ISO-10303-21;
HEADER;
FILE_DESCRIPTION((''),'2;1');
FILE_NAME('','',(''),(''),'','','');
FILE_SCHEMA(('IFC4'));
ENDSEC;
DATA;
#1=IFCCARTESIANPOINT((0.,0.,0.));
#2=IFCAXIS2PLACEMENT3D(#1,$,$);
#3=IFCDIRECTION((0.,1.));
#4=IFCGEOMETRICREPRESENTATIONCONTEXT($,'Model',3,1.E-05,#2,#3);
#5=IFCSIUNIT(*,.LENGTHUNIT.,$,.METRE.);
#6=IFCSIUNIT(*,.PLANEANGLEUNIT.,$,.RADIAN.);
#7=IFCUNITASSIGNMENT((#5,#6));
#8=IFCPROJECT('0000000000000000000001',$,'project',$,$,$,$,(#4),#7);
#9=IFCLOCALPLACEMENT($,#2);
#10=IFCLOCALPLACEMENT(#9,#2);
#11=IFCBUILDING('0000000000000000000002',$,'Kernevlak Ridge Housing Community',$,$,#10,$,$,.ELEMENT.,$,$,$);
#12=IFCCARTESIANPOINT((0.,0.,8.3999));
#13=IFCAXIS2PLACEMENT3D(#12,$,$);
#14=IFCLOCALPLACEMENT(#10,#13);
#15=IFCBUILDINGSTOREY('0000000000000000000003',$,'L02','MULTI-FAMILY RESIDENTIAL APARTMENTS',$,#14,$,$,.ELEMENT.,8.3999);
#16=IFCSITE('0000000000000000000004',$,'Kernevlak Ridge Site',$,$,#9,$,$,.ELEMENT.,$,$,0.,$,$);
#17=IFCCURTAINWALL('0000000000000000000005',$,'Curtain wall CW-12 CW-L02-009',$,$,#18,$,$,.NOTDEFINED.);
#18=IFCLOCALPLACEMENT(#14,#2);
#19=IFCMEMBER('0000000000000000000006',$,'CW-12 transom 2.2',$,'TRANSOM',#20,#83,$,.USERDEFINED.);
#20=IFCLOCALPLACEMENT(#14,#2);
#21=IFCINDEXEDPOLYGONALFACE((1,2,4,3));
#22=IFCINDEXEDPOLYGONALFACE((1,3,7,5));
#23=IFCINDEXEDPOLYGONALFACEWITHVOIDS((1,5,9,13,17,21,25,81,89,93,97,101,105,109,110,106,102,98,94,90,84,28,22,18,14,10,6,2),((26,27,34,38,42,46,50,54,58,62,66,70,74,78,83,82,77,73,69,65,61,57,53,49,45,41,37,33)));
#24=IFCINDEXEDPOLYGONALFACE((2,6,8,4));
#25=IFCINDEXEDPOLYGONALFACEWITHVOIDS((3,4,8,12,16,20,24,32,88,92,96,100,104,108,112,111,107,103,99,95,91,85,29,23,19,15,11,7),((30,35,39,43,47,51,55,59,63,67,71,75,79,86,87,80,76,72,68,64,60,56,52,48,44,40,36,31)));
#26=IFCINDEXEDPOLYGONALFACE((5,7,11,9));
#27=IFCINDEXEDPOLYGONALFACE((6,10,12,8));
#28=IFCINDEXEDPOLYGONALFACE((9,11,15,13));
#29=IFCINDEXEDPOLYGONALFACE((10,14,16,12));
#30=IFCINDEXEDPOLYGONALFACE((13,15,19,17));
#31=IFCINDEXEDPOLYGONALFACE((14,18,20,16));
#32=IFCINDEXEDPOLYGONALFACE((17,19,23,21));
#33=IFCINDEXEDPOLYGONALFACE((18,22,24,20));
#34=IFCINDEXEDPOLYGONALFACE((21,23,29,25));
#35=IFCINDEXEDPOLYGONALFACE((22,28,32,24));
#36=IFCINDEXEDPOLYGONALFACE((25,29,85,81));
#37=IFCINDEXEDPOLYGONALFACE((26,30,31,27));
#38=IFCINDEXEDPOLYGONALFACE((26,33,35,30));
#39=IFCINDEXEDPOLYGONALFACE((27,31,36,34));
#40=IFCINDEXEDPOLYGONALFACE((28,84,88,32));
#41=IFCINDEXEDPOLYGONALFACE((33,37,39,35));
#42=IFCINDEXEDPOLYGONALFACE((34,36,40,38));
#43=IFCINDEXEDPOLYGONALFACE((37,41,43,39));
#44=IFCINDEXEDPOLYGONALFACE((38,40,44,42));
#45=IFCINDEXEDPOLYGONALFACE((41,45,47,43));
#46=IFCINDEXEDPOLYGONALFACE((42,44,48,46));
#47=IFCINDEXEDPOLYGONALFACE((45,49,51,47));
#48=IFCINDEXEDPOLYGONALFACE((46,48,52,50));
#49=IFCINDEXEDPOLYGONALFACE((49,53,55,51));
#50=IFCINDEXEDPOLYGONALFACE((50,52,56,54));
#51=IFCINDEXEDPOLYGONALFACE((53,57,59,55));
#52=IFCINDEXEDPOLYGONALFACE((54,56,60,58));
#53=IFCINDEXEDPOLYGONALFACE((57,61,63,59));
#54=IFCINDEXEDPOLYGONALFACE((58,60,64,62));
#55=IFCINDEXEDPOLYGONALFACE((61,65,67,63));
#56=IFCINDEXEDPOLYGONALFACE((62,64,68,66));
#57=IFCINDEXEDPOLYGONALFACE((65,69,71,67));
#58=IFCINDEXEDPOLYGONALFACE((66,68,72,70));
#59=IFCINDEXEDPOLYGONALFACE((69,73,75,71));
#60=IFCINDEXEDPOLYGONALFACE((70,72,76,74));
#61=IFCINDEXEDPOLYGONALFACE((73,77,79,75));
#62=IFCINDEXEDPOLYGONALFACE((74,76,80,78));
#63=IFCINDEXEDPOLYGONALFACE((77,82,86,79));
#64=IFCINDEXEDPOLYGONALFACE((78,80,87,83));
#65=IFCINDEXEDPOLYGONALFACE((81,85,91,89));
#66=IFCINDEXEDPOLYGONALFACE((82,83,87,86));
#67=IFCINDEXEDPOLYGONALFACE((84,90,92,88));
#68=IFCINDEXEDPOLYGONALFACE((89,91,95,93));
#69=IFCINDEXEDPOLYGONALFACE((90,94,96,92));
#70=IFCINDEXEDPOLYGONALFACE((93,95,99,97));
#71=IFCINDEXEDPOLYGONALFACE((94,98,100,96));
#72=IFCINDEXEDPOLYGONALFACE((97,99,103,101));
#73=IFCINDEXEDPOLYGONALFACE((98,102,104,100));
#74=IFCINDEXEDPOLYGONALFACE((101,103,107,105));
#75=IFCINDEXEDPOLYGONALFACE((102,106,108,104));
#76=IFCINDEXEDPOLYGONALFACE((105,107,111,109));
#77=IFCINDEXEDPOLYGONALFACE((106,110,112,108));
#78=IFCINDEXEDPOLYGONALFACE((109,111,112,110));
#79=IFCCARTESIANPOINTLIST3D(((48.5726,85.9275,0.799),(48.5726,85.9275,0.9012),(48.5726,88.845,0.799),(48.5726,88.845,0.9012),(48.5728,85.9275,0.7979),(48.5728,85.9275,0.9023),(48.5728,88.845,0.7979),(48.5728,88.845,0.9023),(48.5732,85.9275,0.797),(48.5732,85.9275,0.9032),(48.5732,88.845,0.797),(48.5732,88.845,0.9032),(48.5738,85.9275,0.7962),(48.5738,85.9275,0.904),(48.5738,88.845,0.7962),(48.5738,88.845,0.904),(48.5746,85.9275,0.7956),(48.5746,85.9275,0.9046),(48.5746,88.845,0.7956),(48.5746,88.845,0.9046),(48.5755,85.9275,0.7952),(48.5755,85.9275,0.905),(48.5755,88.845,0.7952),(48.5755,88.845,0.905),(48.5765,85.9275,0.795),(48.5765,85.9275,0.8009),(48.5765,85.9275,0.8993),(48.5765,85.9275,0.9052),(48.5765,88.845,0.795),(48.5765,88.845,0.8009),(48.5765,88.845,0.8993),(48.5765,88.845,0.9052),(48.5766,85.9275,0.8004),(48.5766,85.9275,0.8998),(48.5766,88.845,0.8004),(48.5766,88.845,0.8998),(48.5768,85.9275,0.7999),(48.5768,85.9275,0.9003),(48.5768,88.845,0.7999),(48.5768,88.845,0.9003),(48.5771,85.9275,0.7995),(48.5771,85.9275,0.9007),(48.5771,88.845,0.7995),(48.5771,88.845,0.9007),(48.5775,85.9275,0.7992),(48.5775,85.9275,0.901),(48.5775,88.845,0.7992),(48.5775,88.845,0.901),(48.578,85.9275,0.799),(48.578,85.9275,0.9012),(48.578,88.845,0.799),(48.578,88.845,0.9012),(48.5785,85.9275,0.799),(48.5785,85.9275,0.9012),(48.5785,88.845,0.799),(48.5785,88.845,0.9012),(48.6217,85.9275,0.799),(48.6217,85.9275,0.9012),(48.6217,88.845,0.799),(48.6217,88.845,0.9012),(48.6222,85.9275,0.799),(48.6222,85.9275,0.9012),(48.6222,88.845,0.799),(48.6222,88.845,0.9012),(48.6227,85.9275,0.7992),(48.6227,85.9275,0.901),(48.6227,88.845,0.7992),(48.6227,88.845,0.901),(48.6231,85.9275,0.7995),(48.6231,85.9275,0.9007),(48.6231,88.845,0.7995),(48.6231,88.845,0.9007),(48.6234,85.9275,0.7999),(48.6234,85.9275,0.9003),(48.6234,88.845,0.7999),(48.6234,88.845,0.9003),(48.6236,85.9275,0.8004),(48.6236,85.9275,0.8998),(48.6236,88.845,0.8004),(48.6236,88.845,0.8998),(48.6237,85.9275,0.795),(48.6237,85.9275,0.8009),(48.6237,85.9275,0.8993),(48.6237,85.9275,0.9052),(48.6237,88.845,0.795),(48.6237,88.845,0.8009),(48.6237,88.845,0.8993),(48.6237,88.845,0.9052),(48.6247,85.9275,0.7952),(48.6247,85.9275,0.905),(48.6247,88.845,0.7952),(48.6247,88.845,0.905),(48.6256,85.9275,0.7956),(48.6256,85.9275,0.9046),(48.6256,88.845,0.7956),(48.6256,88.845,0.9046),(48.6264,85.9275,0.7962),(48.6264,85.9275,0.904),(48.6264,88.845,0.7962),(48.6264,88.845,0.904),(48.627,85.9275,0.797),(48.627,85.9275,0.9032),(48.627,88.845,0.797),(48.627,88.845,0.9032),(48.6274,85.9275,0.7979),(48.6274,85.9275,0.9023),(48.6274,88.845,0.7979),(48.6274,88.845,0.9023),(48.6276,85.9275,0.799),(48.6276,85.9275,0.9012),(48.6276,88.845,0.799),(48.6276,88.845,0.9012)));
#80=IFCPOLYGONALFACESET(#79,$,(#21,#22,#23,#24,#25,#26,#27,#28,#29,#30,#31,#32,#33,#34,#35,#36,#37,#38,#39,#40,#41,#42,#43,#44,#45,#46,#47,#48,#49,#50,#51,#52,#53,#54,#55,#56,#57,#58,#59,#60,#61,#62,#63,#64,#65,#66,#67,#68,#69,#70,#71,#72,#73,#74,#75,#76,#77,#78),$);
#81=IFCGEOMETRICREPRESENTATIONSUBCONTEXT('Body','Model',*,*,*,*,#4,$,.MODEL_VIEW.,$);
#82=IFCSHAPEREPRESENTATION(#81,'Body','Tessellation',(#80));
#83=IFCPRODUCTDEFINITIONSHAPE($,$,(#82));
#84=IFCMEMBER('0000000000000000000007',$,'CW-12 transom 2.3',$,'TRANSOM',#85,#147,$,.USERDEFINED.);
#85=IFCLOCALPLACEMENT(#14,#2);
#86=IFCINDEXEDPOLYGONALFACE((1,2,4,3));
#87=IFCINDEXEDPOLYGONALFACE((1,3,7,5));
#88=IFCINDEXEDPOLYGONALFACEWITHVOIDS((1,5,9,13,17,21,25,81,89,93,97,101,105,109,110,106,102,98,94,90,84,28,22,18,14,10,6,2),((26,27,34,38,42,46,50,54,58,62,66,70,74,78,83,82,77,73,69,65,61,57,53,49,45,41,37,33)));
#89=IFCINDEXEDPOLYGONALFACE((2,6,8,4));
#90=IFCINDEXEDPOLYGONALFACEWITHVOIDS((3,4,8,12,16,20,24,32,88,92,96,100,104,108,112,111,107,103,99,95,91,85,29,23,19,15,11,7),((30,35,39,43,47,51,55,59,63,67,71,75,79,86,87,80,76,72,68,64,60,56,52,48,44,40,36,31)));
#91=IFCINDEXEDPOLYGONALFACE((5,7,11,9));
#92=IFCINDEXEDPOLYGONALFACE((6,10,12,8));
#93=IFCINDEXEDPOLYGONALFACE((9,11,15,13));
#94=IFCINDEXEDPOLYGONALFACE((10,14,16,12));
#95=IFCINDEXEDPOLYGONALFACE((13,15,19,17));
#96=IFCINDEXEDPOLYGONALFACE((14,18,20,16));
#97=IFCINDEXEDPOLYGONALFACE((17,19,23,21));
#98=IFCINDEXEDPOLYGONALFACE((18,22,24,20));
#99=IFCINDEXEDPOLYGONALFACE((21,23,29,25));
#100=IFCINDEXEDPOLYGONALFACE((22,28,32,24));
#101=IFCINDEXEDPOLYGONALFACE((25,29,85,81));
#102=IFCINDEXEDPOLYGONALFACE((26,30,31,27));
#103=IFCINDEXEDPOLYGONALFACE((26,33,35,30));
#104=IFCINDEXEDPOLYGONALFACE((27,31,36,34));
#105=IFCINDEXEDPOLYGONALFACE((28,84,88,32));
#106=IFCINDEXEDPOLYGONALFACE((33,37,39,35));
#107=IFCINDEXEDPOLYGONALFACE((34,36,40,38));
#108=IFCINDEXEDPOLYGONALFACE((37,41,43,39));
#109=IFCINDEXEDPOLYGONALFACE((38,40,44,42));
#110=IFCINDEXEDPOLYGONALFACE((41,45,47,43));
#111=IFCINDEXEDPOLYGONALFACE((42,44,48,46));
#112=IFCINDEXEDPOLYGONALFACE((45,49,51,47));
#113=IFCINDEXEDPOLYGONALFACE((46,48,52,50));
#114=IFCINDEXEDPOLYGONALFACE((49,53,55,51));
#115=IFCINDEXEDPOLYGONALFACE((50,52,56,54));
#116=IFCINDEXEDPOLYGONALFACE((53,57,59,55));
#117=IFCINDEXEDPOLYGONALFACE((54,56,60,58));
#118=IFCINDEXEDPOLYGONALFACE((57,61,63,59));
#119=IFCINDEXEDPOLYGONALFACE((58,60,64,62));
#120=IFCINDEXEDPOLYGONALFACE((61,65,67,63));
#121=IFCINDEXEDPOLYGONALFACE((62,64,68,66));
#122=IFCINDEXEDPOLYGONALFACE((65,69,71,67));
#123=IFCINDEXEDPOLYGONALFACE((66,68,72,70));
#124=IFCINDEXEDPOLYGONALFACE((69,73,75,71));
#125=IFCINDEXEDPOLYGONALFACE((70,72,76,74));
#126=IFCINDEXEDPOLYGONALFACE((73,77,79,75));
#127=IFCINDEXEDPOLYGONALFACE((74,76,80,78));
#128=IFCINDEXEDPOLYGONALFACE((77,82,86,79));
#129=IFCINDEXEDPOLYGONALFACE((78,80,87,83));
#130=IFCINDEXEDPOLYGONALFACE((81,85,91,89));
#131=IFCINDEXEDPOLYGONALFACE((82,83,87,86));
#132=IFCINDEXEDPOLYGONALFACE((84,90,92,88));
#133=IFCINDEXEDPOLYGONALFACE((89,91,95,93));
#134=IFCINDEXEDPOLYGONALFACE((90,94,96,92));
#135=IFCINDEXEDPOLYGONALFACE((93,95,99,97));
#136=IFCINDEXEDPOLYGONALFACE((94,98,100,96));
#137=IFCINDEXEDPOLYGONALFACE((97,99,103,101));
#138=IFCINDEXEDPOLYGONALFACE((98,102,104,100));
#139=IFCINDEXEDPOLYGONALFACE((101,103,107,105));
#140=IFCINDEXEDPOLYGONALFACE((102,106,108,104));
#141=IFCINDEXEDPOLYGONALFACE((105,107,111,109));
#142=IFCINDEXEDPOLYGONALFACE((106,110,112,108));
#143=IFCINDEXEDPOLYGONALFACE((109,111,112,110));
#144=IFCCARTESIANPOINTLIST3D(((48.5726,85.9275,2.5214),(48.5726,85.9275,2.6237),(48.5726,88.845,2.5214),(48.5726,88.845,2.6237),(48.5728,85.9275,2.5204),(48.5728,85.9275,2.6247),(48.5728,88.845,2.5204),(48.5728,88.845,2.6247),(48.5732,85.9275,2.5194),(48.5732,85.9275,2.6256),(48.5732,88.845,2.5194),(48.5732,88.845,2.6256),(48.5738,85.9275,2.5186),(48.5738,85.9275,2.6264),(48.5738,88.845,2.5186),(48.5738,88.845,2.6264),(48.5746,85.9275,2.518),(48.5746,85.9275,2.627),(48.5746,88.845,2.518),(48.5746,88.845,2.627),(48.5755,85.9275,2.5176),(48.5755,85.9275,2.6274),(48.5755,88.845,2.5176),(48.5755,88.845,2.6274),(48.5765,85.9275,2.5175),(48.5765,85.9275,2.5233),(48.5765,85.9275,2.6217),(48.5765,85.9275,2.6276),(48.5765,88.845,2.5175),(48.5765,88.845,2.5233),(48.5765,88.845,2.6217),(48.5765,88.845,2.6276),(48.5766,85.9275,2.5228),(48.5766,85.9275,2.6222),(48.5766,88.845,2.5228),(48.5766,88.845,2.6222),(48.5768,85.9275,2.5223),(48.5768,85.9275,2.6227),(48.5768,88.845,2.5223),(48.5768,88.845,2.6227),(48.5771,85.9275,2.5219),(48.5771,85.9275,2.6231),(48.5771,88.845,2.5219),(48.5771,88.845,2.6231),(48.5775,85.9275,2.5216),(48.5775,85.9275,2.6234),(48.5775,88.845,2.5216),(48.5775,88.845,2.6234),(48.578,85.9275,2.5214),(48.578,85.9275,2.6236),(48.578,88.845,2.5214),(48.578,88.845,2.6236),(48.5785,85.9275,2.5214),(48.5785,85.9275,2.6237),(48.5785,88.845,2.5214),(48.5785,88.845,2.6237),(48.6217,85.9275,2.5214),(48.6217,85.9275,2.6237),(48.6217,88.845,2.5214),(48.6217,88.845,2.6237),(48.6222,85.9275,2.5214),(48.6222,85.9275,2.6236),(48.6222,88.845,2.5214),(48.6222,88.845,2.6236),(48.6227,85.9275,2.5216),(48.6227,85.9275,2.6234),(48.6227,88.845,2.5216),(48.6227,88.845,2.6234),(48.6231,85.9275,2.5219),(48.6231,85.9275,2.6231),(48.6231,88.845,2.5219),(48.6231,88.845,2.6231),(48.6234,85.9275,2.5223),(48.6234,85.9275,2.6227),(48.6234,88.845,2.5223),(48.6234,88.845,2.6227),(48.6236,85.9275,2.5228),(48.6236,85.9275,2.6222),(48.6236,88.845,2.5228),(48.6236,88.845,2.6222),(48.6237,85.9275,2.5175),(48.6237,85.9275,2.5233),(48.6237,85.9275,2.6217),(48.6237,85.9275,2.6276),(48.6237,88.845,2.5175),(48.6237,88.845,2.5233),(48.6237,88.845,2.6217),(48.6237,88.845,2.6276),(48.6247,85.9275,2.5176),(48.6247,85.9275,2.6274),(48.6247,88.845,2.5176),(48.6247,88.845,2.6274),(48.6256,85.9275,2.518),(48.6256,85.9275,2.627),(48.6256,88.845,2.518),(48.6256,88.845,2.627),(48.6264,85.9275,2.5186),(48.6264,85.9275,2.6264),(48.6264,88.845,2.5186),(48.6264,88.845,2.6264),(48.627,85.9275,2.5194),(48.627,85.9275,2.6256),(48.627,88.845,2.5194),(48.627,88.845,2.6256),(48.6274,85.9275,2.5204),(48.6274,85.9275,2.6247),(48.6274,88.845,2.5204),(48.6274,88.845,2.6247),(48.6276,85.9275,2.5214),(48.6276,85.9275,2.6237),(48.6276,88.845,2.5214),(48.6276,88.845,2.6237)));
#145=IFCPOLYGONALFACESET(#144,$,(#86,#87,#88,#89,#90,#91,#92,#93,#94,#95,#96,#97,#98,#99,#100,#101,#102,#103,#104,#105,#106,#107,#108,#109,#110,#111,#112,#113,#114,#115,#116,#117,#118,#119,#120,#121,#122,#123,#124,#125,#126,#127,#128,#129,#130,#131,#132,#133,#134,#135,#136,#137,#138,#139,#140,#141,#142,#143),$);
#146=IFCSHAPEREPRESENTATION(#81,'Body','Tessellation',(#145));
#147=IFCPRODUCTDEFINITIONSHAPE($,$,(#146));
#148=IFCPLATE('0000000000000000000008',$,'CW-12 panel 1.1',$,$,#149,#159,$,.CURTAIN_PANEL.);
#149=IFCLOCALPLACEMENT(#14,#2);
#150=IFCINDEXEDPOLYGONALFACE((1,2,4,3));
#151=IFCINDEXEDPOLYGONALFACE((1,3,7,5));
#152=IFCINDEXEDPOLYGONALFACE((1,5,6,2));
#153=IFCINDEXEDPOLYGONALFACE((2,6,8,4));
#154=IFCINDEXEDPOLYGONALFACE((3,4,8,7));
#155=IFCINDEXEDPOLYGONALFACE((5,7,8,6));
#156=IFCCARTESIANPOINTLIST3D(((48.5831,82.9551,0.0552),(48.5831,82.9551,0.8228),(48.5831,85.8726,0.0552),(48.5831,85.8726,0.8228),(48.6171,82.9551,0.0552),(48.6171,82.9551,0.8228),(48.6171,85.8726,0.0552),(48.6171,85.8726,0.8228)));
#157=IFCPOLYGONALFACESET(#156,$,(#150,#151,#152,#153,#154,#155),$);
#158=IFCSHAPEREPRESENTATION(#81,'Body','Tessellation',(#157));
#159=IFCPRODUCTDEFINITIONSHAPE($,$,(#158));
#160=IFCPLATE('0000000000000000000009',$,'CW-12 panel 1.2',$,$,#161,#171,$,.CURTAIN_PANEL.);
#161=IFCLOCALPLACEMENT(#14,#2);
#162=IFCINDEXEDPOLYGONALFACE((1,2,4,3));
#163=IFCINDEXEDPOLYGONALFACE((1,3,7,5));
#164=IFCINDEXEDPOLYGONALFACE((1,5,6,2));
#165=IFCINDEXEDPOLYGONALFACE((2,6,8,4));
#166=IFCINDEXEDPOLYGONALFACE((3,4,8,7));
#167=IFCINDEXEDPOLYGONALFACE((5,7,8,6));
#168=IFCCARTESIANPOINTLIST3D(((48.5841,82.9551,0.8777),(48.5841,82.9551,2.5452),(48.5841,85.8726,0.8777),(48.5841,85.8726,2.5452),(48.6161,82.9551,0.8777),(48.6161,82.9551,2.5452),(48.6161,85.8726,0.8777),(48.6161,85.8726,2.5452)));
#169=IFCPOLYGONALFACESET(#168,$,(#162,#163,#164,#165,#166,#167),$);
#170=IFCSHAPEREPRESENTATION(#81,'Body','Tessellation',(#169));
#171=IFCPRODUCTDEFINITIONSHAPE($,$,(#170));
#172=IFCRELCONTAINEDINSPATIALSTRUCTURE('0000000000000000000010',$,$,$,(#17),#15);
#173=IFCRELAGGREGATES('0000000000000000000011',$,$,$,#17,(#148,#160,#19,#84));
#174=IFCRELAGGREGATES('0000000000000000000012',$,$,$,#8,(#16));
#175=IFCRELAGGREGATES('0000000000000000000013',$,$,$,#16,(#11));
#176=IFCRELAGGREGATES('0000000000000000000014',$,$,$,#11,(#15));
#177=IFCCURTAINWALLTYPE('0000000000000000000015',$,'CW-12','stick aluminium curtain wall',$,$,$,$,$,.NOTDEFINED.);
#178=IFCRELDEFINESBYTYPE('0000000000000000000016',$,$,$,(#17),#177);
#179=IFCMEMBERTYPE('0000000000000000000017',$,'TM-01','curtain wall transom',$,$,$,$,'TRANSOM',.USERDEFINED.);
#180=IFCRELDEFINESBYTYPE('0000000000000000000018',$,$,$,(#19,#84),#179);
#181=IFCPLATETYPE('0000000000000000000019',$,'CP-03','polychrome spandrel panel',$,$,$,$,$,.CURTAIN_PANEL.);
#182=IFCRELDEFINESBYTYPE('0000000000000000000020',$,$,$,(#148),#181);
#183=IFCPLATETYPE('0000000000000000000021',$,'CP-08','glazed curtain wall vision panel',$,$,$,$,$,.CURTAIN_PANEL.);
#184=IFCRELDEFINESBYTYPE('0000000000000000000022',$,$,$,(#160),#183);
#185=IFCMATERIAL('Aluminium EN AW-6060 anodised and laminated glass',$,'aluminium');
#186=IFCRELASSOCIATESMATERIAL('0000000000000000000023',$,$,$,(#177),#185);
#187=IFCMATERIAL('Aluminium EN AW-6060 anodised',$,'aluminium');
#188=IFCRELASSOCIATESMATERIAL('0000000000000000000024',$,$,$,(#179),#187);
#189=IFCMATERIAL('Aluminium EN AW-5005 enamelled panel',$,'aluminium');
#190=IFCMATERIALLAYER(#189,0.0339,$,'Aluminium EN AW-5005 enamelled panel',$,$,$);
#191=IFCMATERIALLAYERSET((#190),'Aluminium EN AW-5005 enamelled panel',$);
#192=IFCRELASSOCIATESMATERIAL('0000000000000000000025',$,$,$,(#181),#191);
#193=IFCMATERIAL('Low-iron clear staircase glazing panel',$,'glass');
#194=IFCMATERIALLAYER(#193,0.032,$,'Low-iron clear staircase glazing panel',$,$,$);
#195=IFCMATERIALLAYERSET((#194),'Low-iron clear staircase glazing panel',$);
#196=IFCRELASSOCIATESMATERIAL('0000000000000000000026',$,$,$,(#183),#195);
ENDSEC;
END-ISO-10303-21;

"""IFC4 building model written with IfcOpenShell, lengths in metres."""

from ifc_helpers import new_model, si_unit, direction, frame, origin, origin_2d, place, context, subcontext, project, spatial, rectangle, hollow_rectangle, extrude, material, layer, layer_set, material_profile, profile_set, type_object, element, aggregate, save


model = new_model("IFC4")

# Units and contexts
model_context = context("Model", 3, precision=1e-05, world=origin(), true_north=direction((0.0, 1.0)))
body_context = subcontext(model_context, "Body", "Model", "MODEL_VIEW")
ifc_project = project(units=[si_unit("LENGTHUNIT", "METRE"), si_unit("PLANEANGLEUNIT", "RADIAN")], contexts=[model_context])

# Site, building, storey
site_placement = place(None, origin())
site = spatial("IfcSite", under=ifc_project, at=site_placement, Name="Kernevlak Ridge Site", CompositionType="ELEMENT", RefElevation=0.0)
building_placement = place(site_placement, origin())
building = spatial("IfcBuilding", under=site, at=building_placement, Name="Kernevlak Ridge Housing Community", CompositionType="ELEMENT")
storey_placement = place(building_placement, frame((0.0, 0.0, 8.3999)))
storey = spatial("IfcBuildingStorey", under=building, at=storey_placement, Name="L02", Description="MULTI-FAMILY RESIDENTIAL APARTMENTS", CompositionType="ELEMENT", Elevation=8.3999)

# Curtain wall, members, plates
ifc_material_1 = material(Name="Aluminium EN AW-6060 anodised and laminated glass", Category="aluminium")
curtain_wall_type = type_object("IfcCurtainWallType", Name="CW-12", Description="stick aluminium curtain wall", PredefinedType="NOTDEFINED", material=ifc_material_1)
curtain_wall_placement = place(storey_placement, origin())
curtain_wall = element("IfcCurtainWall", 1, at=curtain_wall_placement, inside=storey, type_object=curtain_wall_type, Name="Curtain wall CW-12 CW-L02-009", PredefinedType="NOTDEFINED")
ifc_material_2 = material(Name="Aluminium EN AW-6060 anodised", Category="aluminium")
ifc_material_profile_1 = material_profile(ifc_material_2, hollow_rectangle(XDim=0.0549, YDim=0.1101, WallThickness=0.0039, InnerFilletRadius=0.002, OuterFilletRadius=0.0039, at=origin_2d()), Name="ALU 55x110x4")
ifc_profile_set_1 = profile_set([ifc_material_profile_1], Name="Aluminium EN AW-6060 anodised")
member_type = type_object("IfcMemberType", Name="TM-01", Description="curtain wall transom", ElementType="TRANSOM", PredefinedType="USERDEFINED", material=ifc_profile_set_1)
member_1_placement = place(storey_placement, frame((48.6001, 85.9275, 0.8501), z_axis=(0.0, 1.0, 0.0), x_axis=(-1.0, 0.0, 0.0)))
member_1 = element("IfcMember", 2, at=member_1_placement, type_object=member_type, Name="CW-12 transom 2.2", ObjectType="TRANSOM", PredefinedType="USERDEFINED", context=body_context, shape_type="SweptSolid", body=[
    extrude(hollow_rectangle(XDim=0.0549, YDim=0.1101, WallThickness=0.0039, InnerFilletRadius=0.002, OuterFilletRadius=0.0039, at=origin_2d()), origin(), (0.0, 0.0, 1.0), 2.9175),
])
member_2_placement = place(storey_placement, frame((48.6001, 85.9275, 2.5725), z_axis=(0.0, 1.0, 0.0), x_axis=(-1.0, 0.0, 0.0)))
member_2 = element("IfcMember", 3, at=member_2_placement, type_object=member_type, Name="CW-12 transom 2.3", ObjectType="TRANSOM", PredefinedType="USERDEFINED", context=body_context, shape_type="SweptSolid", body=[
    extrude(hollow_rectangle(XDim=0.0549, YDim=0.1101, WallThickness=0.0039, InnerFilletRadius=0.002, OuterFilletRadius=0.0039, at=origin_2d()), origin(), (0.0, 0.0, 1.0), 2.9175),
])
ifc_material_3 = material(Name="Aluminium EN AW-5005 enamelled panel", Category="aluminium")
ifc_layer_1 = layer(ifc_material_3, 0.0339, Name="Aluminium EN AW-5005 enamelled panel")
ifc_layer_set_1 = layer_set([ifc_layer_1], Name="Aluminium EN AW-5005 enamelled panel")
plate_type_1 = type_object("IfcPlateType", Name="CP-03", Description="polychrome spandrel panel", PredefinedType="CURTAIN_PANEL", material=ifc_layer_set_1)
plate_1_placement = place(storey_placement, frame((48.6001, 84.4138, 0.0552), z_axis=(0.0, 0.0, 1.0), x_axis=(0.0, 1.0, 0.0)))
plate_1 = element("IfcPlate", 4, at=plate_1_placement, type_object=plate_type_1, Name="CW-12 panel 1.1", PredefinedType="CURTAIN_PANEL", context=body_context, shape_type="SweptSolid", body=[
    extrude(rectangle(XDim=2.9175, YDim=0.0339, at=origin_2d()), origin(), (0.0, 0.0, 1.0), 0.7676),
])
ifc_material_4 = material(Name="Low-iron clear staircase glazing panel", Category="glass")
ifc_layer_2 = layer(ifc_material_4, 0.032, Name="Low-iron clear staircase glazing panel")
ifc_layer_set_2 = layer_set([ifc_layer_2], Name="Low-iron clear staircase glazing panel")
plate_type_2 = type_object("IfcPlateType", Name="CP-08", Description="glazed curtain wall vision panel", PredefinedType="CURTAIN_PANEL", material=ifc_layer_set_2)
plate_2_placement = place(storey_placement, frame((48.6001, 84.4138, 0.8777), z_axis=(0.0, 0.0, 1.0), x_axis=(0.0, 1.0, 0.0)))
plate_2 = element("IfcPlate", 5, at=plate_2_placement, type_object=plate_type_2, Name="CW-12 panel 1.2", PredefinedType="CURTAIN_PANEL", context=body_context, shape_type="SweptSolid", body=[
    extrude(rectangle(XDim=2.9175, YDim=0.032, at=origin_2d()), origin(), (0.0, 0.0, 1.0), 1.6675),
])
aggregate(curtain_wall, [plate_1, plate_2, member_1, member_2])

save(model, "model.ifc")
